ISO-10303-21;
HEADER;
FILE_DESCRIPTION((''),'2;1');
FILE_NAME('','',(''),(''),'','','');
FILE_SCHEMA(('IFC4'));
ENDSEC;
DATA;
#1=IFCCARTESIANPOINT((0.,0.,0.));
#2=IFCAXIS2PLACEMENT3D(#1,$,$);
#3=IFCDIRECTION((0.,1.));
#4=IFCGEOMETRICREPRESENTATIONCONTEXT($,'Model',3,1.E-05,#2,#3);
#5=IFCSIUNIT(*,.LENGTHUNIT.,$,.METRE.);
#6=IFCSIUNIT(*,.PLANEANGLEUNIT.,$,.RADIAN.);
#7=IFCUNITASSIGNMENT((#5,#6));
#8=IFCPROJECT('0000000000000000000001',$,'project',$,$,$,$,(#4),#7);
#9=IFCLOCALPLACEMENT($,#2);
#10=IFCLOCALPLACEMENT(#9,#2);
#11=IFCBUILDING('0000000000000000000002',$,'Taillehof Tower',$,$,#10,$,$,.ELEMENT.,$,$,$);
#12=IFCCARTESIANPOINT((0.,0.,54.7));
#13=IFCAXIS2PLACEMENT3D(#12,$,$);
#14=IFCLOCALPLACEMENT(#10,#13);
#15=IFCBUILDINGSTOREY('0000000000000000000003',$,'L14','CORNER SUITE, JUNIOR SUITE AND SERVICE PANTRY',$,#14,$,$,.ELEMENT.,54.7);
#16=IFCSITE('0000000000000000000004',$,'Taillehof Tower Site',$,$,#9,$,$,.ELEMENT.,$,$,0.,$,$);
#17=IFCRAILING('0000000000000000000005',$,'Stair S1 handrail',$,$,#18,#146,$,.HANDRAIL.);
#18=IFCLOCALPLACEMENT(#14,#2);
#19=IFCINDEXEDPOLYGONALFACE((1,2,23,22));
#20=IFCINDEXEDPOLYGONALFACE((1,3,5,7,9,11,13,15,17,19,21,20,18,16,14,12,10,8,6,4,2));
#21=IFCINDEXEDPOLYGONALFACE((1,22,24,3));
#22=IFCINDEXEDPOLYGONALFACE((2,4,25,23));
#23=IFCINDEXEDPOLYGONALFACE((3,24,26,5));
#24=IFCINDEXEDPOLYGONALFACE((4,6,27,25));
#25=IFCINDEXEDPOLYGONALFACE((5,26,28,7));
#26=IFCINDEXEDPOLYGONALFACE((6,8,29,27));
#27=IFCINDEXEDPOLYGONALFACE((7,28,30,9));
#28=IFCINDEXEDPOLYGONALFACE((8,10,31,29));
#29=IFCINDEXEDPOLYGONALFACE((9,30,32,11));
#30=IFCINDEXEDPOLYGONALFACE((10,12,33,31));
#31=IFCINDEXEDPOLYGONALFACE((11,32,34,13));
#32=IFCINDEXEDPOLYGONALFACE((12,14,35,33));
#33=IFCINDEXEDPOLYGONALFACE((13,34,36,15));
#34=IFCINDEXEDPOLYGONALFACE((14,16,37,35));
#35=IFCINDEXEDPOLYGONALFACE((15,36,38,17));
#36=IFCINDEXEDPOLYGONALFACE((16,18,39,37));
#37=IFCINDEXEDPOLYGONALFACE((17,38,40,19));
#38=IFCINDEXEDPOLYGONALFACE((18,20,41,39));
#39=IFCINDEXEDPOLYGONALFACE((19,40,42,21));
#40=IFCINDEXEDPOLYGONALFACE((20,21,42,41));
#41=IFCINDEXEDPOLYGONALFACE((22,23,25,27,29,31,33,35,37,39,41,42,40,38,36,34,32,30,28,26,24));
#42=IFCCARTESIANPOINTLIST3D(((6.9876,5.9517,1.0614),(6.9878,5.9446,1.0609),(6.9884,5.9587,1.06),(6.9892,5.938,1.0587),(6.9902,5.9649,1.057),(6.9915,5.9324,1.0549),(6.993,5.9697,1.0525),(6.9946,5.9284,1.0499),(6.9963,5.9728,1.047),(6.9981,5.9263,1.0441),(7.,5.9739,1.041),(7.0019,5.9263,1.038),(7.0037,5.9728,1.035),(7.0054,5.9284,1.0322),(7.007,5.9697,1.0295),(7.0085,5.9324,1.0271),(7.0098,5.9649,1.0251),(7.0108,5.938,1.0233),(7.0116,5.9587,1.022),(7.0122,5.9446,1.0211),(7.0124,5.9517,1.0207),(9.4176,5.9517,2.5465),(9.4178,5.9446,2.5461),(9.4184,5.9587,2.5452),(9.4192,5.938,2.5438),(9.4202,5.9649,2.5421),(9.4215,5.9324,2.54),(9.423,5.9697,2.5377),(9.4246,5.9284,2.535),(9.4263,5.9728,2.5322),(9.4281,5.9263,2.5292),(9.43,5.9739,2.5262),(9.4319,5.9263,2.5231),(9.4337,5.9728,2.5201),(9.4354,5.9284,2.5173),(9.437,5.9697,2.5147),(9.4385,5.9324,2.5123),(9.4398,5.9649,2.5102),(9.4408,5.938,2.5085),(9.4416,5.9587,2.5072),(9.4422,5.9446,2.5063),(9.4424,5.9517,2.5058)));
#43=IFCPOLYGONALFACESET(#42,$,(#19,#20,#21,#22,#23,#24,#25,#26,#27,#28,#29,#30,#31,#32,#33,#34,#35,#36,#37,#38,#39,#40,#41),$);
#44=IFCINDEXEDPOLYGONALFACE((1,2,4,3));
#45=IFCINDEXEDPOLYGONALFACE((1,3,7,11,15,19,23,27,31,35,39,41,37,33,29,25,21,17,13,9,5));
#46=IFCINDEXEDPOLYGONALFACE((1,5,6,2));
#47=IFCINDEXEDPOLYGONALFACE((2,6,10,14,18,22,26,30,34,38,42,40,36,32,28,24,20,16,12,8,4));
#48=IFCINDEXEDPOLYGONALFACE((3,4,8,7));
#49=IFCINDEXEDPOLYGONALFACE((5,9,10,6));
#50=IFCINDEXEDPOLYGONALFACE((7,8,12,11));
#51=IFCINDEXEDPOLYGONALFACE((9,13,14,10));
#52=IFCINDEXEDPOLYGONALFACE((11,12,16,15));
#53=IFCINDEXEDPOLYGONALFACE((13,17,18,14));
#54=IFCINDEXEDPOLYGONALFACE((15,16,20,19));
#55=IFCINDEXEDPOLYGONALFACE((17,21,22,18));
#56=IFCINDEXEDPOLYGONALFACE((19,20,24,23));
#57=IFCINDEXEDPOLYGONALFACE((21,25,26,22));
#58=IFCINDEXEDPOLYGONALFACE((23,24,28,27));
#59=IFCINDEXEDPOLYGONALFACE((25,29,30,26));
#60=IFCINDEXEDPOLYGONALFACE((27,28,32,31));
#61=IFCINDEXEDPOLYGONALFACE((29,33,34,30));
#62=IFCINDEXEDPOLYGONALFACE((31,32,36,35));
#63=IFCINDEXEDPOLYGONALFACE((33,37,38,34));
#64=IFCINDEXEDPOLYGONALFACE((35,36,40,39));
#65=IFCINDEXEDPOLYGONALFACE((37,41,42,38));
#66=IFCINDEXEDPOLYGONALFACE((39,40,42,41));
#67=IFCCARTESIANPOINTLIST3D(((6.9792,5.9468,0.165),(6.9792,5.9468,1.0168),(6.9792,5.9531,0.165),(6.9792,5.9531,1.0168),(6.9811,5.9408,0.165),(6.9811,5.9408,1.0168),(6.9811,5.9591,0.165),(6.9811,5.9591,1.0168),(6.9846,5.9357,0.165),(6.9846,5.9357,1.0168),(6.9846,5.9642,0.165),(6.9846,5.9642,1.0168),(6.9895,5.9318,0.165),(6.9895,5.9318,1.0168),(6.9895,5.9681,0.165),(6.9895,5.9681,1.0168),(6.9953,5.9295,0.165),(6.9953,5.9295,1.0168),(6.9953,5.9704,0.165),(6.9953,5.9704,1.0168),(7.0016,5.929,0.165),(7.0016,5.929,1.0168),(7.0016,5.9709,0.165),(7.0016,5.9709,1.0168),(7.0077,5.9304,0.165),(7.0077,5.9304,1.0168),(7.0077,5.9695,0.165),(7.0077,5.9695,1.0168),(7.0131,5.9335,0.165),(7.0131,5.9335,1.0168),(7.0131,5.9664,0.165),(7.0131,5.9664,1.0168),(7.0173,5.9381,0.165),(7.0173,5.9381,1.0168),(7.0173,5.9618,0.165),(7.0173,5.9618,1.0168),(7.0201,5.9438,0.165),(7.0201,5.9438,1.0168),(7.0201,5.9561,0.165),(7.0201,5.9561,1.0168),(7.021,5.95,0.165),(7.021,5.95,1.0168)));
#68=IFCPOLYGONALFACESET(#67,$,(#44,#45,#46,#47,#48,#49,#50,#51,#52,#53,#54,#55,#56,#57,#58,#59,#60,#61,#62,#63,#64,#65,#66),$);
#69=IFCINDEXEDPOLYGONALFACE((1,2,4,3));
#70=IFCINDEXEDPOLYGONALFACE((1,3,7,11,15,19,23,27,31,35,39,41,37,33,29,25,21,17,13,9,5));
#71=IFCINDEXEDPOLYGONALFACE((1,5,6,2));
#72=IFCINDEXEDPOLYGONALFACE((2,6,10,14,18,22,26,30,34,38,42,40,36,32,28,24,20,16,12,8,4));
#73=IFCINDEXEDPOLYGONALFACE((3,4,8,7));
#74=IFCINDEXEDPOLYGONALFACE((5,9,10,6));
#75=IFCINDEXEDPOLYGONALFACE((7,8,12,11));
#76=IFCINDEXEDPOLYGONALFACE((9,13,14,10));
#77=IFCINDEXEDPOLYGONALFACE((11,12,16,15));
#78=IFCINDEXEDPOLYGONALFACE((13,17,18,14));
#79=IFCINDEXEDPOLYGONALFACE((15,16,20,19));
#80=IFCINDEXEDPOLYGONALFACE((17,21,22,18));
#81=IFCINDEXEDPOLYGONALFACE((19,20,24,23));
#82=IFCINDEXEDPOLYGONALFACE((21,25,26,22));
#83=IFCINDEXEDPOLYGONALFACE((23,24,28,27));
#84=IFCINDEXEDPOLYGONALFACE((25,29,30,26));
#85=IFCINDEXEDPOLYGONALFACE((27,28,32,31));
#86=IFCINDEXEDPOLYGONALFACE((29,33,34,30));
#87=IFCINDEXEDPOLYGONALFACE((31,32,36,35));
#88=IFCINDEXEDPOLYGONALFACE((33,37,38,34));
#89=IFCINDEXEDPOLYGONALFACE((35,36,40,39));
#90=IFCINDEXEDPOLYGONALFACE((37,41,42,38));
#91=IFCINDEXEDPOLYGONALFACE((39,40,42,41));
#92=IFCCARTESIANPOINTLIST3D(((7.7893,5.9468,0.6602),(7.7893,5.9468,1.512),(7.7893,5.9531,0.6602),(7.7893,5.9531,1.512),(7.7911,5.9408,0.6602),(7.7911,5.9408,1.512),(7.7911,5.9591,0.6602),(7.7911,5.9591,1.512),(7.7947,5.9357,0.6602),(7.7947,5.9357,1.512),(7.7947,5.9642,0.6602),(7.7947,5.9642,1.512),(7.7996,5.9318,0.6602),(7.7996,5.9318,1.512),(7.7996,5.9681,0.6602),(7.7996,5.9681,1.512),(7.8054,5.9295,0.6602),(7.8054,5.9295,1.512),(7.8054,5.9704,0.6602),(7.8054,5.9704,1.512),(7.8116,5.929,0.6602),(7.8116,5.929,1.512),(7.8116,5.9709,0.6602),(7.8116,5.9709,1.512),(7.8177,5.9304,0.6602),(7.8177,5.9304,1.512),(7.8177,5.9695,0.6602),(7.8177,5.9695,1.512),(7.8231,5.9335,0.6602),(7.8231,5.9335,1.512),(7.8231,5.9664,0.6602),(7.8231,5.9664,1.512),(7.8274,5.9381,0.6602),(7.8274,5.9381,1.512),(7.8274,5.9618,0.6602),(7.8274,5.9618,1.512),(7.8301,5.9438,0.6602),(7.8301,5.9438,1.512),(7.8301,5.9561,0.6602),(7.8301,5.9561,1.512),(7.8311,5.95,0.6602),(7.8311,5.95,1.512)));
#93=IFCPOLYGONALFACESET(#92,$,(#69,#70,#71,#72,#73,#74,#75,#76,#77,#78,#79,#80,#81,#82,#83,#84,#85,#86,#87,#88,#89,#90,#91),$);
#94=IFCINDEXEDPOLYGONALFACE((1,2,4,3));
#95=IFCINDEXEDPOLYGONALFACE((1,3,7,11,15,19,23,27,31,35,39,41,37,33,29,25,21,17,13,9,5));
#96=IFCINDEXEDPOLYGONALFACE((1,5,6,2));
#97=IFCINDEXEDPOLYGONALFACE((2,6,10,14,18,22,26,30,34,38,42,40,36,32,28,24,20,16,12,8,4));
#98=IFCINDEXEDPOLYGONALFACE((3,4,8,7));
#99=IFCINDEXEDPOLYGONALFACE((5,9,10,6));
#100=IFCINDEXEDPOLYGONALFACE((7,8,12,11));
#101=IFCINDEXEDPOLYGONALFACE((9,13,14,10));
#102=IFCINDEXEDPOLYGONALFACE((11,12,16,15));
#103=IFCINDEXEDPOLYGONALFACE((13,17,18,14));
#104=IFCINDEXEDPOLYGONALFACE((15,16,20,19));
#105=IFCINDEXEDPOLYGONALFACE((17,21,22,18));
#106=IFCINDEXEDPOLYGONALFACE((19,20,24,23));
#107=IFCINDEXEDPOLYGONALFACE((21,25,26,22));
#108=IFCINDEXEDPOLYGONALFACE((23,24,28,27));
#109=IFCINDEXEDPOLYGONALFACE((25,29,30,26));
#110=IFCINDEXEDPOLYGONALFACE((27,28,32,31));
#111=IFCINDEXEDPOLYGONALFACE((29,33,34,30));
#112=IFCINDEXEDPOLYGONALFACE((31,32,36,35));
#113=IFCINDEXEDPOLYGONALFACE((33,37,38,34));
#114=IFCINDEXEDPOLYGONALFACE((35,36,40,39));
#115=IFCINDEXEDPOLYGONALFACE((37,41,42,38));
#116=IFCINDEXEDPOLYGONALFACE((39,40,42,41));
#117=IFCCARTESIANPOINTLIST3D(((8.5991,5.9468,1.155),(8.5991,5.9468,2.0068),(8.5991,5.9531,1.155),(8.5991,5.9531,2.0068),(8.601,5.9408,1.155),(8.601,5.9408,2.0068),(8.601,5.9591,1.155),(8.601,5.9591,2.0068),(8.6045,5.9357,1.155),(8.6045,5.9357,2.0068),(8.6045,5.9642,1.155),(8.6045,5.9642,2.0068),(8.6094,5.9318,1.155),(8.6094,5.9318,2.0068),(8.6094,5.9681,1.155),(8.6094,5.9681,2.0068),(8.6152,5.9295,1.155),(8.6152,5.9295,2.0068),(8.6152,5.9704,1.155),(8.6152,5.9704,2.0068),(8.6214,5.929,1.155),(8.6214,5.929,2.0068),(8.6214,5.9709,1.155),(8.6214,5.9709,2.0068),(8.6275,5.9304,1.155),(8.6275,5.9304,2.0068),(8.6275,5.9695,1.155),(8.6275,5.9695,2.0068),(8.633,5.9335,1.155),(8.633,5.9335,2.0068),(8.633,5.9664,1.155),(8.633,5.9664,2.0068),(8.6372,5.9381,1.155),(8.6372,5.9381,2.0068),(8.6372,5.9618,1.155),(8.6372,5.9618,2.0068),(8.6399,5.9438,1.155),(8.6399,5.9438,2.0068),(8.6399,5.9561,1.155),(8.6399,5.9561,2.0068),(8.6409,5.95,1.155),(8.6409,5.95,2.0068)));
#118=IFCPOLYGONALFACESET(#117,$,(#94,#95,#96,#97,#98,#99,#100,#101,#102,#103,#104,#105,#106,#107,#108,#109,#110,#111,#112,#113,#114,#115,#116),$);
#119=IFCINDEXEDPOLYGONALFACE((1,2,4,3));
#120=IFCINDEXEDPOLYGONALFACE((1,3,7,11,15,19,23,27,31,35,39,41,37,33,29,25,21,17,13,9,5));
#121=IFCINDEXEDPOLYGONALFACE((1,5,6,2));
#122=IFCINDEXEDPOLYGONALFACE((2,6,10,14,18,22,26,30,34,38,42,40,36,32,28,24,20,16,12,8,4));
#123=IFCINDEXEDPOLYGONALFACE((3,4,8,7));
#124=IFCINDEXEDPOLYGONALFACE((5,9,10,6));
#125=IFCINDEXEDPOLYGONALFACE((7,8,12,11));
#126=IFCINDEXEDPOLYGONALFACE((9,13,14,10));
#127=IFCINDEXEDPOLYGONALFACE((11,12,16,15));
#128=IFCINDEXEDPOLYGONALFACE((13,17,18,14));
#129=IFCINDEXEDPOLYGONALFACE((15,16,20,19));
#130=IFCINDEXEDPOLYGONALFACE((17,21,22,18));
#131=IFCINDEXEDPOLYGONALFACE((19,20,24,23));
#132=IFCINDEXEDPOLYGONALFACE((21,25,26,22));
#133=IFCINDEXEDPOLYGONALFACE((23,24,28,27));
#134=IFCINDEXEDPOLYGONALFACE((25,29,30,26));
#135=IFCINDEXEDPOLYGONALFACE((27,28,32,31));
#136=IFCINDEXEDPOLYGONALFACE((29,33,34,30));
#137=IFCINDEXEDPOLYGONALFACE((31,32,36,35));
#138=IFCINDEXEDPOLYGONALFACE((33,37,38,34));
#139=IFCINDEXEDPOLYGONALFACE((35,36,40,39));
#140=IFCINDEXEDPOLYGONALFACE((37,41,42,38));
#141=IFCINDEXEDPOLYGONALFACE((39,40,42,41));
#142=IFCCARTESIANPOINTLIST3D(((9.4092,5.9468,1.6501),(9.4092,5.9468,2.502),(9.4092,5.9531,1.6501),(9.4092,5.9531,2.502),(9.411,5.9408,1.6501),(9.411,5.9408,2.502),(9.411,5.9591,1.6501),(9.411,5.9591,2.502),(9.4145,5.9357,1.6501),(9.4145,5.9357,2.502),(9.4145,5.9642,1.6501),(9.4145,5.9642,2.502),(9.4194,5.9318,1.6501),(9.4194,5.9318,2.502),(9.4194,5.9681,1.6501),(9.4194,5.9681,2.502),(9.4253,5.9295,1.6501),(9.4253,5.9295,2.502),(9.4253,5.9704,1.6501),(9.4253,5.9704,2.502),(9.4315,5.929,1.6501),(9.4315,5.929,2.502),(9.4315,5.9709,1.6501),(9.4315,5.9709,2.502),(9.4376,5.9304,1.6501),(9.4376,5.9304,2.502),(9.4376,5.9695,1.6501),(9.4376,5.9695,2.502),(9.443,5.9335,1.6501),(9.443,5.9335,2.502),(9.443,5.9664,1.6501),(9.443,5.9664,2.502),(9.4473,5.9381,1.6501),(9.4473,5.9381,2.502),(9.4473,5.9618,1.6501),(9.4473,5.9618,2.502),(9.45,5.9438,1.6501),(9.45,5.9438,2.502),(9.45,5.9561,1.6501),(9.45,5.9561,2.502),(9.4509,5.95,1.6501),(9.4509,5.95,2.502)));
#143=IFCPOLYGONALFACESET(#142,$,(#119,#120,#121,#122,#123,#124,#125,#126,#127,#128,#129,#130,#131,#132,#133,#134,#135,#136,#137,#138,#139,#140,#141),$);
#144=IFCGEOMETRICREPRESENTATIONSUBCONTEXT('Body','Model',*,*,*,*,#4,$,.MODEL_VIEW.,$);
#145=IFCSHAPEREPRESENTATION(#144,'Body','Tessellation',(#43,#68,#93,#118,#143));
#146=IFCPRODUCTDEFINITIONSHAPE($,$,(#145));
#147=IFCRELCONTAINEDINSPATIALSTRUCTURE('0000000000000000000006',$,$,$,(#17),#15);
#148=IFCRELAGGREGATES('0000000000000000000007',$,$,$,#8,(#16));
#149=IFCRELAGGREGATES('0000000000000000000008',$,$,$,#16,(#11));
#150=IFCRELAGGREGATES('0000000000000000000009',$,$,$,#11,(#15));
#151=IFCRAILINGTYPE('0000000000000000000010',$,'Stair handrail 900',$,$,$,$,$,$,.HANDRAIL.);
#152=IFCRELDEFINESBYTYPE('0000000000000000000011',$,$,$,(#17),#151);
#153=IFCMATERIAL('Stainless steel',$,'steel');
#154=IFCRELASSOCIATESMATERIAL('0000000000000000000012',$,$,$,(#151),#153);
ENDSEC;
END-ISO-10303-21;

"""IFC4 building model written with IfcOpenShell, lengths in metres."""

from ifc_helpers import new_model, si_unit, direction, frame, origin, origin_2d, place, context, subcontext, project, spatial, circle, extrude, material, type_object, element, save


model = new_model("IFC4")

# Units and contexts
model_context = context("Model", 3, precision=1e-05, world=origin(), true_north=direction((0.0, 1.0)))
body_context = subcontext(model_context, "Body", "Model", "MODEL_VIEW")
ifc_project = project(units=[si_unit("LENGTHUNIT", "METRE"), si_unit("PLANEANGLEUNIT", "RADIAN")], contexts=[model_context])

# Site, building, storey
site_placement = place(None, origin())
site = spatial("IfcSite", under=ifc_project, at=site_placement, Name="Taillehof Tower Site", CompositionType="ELEMENT", RefElevation=0.0)
building_placement = place(site_placement, origin())
building = spatial("IfcBuilding", under=site, at=building_placement, Name="Taillehof Tower", CompositionType="ELEMENT")
storey_placement = place(building_placement, frame((0.0, 0.0, 54.7)))
storey = spatial("IfcBuildingStorey", under=building, at=storey_placement, Name="L14", Description="CORNER SUITE, JUNIOR SUITE AND SERVICE PANTRY", CompositionType="ELEMENT", Elevation=54.7)

# Railing
ifc_material_1 = material(Name="Stainless steel", Category="steel")
railing_type = type_object("IfcRailingType", Name="Stair handrail 900", PredefinedType="HANDRAIL", material=ifc_material_1)
railing_placement = place(storey_placement, frame((7.0, 5.95, 0.165)))
element("IfcRailing", 1, at=railing_placement, inside=storey, type_object=railing_type, Name="Stair S1 handrail", PredefinedType="HANDRAIL", context=body_context, shape_type="SweptSolid", body=[
    extrude(circle(Radius=0.0239, at=origin_2d()), frame((0.0, 0.0, 0.876), z_axis=(0.853259, 0.0, 0.521488), x_axis=(0.0, 1.0, 0.0)), (0.0, 0.0, 1.0), 2.8479),
    extrude(circle(Radius=0.021, at=origin_2d()), origin(), (0.0, 0.0, 1.0), 0.8518),
    extrude(circle(Radius=0.021, at=origin_2d()), frame((0.8101, 0.0, 0.4951)), (0.0, 0.0, 1.0), 0.8518),
    extrude(circle(Radius=0.021, at=origin_2d()), frame((1.6199, 0.0, 0.99)), (0.0, 0.0, 1.0), 0.8518),
    extrude(circle(Radius=0.021, at=origin_2d()), frame((2.4299, 0.0, 1.4851)), (0.0, 0.0, 1.0), 0.8518),
])

save(model, "model.ifc")
